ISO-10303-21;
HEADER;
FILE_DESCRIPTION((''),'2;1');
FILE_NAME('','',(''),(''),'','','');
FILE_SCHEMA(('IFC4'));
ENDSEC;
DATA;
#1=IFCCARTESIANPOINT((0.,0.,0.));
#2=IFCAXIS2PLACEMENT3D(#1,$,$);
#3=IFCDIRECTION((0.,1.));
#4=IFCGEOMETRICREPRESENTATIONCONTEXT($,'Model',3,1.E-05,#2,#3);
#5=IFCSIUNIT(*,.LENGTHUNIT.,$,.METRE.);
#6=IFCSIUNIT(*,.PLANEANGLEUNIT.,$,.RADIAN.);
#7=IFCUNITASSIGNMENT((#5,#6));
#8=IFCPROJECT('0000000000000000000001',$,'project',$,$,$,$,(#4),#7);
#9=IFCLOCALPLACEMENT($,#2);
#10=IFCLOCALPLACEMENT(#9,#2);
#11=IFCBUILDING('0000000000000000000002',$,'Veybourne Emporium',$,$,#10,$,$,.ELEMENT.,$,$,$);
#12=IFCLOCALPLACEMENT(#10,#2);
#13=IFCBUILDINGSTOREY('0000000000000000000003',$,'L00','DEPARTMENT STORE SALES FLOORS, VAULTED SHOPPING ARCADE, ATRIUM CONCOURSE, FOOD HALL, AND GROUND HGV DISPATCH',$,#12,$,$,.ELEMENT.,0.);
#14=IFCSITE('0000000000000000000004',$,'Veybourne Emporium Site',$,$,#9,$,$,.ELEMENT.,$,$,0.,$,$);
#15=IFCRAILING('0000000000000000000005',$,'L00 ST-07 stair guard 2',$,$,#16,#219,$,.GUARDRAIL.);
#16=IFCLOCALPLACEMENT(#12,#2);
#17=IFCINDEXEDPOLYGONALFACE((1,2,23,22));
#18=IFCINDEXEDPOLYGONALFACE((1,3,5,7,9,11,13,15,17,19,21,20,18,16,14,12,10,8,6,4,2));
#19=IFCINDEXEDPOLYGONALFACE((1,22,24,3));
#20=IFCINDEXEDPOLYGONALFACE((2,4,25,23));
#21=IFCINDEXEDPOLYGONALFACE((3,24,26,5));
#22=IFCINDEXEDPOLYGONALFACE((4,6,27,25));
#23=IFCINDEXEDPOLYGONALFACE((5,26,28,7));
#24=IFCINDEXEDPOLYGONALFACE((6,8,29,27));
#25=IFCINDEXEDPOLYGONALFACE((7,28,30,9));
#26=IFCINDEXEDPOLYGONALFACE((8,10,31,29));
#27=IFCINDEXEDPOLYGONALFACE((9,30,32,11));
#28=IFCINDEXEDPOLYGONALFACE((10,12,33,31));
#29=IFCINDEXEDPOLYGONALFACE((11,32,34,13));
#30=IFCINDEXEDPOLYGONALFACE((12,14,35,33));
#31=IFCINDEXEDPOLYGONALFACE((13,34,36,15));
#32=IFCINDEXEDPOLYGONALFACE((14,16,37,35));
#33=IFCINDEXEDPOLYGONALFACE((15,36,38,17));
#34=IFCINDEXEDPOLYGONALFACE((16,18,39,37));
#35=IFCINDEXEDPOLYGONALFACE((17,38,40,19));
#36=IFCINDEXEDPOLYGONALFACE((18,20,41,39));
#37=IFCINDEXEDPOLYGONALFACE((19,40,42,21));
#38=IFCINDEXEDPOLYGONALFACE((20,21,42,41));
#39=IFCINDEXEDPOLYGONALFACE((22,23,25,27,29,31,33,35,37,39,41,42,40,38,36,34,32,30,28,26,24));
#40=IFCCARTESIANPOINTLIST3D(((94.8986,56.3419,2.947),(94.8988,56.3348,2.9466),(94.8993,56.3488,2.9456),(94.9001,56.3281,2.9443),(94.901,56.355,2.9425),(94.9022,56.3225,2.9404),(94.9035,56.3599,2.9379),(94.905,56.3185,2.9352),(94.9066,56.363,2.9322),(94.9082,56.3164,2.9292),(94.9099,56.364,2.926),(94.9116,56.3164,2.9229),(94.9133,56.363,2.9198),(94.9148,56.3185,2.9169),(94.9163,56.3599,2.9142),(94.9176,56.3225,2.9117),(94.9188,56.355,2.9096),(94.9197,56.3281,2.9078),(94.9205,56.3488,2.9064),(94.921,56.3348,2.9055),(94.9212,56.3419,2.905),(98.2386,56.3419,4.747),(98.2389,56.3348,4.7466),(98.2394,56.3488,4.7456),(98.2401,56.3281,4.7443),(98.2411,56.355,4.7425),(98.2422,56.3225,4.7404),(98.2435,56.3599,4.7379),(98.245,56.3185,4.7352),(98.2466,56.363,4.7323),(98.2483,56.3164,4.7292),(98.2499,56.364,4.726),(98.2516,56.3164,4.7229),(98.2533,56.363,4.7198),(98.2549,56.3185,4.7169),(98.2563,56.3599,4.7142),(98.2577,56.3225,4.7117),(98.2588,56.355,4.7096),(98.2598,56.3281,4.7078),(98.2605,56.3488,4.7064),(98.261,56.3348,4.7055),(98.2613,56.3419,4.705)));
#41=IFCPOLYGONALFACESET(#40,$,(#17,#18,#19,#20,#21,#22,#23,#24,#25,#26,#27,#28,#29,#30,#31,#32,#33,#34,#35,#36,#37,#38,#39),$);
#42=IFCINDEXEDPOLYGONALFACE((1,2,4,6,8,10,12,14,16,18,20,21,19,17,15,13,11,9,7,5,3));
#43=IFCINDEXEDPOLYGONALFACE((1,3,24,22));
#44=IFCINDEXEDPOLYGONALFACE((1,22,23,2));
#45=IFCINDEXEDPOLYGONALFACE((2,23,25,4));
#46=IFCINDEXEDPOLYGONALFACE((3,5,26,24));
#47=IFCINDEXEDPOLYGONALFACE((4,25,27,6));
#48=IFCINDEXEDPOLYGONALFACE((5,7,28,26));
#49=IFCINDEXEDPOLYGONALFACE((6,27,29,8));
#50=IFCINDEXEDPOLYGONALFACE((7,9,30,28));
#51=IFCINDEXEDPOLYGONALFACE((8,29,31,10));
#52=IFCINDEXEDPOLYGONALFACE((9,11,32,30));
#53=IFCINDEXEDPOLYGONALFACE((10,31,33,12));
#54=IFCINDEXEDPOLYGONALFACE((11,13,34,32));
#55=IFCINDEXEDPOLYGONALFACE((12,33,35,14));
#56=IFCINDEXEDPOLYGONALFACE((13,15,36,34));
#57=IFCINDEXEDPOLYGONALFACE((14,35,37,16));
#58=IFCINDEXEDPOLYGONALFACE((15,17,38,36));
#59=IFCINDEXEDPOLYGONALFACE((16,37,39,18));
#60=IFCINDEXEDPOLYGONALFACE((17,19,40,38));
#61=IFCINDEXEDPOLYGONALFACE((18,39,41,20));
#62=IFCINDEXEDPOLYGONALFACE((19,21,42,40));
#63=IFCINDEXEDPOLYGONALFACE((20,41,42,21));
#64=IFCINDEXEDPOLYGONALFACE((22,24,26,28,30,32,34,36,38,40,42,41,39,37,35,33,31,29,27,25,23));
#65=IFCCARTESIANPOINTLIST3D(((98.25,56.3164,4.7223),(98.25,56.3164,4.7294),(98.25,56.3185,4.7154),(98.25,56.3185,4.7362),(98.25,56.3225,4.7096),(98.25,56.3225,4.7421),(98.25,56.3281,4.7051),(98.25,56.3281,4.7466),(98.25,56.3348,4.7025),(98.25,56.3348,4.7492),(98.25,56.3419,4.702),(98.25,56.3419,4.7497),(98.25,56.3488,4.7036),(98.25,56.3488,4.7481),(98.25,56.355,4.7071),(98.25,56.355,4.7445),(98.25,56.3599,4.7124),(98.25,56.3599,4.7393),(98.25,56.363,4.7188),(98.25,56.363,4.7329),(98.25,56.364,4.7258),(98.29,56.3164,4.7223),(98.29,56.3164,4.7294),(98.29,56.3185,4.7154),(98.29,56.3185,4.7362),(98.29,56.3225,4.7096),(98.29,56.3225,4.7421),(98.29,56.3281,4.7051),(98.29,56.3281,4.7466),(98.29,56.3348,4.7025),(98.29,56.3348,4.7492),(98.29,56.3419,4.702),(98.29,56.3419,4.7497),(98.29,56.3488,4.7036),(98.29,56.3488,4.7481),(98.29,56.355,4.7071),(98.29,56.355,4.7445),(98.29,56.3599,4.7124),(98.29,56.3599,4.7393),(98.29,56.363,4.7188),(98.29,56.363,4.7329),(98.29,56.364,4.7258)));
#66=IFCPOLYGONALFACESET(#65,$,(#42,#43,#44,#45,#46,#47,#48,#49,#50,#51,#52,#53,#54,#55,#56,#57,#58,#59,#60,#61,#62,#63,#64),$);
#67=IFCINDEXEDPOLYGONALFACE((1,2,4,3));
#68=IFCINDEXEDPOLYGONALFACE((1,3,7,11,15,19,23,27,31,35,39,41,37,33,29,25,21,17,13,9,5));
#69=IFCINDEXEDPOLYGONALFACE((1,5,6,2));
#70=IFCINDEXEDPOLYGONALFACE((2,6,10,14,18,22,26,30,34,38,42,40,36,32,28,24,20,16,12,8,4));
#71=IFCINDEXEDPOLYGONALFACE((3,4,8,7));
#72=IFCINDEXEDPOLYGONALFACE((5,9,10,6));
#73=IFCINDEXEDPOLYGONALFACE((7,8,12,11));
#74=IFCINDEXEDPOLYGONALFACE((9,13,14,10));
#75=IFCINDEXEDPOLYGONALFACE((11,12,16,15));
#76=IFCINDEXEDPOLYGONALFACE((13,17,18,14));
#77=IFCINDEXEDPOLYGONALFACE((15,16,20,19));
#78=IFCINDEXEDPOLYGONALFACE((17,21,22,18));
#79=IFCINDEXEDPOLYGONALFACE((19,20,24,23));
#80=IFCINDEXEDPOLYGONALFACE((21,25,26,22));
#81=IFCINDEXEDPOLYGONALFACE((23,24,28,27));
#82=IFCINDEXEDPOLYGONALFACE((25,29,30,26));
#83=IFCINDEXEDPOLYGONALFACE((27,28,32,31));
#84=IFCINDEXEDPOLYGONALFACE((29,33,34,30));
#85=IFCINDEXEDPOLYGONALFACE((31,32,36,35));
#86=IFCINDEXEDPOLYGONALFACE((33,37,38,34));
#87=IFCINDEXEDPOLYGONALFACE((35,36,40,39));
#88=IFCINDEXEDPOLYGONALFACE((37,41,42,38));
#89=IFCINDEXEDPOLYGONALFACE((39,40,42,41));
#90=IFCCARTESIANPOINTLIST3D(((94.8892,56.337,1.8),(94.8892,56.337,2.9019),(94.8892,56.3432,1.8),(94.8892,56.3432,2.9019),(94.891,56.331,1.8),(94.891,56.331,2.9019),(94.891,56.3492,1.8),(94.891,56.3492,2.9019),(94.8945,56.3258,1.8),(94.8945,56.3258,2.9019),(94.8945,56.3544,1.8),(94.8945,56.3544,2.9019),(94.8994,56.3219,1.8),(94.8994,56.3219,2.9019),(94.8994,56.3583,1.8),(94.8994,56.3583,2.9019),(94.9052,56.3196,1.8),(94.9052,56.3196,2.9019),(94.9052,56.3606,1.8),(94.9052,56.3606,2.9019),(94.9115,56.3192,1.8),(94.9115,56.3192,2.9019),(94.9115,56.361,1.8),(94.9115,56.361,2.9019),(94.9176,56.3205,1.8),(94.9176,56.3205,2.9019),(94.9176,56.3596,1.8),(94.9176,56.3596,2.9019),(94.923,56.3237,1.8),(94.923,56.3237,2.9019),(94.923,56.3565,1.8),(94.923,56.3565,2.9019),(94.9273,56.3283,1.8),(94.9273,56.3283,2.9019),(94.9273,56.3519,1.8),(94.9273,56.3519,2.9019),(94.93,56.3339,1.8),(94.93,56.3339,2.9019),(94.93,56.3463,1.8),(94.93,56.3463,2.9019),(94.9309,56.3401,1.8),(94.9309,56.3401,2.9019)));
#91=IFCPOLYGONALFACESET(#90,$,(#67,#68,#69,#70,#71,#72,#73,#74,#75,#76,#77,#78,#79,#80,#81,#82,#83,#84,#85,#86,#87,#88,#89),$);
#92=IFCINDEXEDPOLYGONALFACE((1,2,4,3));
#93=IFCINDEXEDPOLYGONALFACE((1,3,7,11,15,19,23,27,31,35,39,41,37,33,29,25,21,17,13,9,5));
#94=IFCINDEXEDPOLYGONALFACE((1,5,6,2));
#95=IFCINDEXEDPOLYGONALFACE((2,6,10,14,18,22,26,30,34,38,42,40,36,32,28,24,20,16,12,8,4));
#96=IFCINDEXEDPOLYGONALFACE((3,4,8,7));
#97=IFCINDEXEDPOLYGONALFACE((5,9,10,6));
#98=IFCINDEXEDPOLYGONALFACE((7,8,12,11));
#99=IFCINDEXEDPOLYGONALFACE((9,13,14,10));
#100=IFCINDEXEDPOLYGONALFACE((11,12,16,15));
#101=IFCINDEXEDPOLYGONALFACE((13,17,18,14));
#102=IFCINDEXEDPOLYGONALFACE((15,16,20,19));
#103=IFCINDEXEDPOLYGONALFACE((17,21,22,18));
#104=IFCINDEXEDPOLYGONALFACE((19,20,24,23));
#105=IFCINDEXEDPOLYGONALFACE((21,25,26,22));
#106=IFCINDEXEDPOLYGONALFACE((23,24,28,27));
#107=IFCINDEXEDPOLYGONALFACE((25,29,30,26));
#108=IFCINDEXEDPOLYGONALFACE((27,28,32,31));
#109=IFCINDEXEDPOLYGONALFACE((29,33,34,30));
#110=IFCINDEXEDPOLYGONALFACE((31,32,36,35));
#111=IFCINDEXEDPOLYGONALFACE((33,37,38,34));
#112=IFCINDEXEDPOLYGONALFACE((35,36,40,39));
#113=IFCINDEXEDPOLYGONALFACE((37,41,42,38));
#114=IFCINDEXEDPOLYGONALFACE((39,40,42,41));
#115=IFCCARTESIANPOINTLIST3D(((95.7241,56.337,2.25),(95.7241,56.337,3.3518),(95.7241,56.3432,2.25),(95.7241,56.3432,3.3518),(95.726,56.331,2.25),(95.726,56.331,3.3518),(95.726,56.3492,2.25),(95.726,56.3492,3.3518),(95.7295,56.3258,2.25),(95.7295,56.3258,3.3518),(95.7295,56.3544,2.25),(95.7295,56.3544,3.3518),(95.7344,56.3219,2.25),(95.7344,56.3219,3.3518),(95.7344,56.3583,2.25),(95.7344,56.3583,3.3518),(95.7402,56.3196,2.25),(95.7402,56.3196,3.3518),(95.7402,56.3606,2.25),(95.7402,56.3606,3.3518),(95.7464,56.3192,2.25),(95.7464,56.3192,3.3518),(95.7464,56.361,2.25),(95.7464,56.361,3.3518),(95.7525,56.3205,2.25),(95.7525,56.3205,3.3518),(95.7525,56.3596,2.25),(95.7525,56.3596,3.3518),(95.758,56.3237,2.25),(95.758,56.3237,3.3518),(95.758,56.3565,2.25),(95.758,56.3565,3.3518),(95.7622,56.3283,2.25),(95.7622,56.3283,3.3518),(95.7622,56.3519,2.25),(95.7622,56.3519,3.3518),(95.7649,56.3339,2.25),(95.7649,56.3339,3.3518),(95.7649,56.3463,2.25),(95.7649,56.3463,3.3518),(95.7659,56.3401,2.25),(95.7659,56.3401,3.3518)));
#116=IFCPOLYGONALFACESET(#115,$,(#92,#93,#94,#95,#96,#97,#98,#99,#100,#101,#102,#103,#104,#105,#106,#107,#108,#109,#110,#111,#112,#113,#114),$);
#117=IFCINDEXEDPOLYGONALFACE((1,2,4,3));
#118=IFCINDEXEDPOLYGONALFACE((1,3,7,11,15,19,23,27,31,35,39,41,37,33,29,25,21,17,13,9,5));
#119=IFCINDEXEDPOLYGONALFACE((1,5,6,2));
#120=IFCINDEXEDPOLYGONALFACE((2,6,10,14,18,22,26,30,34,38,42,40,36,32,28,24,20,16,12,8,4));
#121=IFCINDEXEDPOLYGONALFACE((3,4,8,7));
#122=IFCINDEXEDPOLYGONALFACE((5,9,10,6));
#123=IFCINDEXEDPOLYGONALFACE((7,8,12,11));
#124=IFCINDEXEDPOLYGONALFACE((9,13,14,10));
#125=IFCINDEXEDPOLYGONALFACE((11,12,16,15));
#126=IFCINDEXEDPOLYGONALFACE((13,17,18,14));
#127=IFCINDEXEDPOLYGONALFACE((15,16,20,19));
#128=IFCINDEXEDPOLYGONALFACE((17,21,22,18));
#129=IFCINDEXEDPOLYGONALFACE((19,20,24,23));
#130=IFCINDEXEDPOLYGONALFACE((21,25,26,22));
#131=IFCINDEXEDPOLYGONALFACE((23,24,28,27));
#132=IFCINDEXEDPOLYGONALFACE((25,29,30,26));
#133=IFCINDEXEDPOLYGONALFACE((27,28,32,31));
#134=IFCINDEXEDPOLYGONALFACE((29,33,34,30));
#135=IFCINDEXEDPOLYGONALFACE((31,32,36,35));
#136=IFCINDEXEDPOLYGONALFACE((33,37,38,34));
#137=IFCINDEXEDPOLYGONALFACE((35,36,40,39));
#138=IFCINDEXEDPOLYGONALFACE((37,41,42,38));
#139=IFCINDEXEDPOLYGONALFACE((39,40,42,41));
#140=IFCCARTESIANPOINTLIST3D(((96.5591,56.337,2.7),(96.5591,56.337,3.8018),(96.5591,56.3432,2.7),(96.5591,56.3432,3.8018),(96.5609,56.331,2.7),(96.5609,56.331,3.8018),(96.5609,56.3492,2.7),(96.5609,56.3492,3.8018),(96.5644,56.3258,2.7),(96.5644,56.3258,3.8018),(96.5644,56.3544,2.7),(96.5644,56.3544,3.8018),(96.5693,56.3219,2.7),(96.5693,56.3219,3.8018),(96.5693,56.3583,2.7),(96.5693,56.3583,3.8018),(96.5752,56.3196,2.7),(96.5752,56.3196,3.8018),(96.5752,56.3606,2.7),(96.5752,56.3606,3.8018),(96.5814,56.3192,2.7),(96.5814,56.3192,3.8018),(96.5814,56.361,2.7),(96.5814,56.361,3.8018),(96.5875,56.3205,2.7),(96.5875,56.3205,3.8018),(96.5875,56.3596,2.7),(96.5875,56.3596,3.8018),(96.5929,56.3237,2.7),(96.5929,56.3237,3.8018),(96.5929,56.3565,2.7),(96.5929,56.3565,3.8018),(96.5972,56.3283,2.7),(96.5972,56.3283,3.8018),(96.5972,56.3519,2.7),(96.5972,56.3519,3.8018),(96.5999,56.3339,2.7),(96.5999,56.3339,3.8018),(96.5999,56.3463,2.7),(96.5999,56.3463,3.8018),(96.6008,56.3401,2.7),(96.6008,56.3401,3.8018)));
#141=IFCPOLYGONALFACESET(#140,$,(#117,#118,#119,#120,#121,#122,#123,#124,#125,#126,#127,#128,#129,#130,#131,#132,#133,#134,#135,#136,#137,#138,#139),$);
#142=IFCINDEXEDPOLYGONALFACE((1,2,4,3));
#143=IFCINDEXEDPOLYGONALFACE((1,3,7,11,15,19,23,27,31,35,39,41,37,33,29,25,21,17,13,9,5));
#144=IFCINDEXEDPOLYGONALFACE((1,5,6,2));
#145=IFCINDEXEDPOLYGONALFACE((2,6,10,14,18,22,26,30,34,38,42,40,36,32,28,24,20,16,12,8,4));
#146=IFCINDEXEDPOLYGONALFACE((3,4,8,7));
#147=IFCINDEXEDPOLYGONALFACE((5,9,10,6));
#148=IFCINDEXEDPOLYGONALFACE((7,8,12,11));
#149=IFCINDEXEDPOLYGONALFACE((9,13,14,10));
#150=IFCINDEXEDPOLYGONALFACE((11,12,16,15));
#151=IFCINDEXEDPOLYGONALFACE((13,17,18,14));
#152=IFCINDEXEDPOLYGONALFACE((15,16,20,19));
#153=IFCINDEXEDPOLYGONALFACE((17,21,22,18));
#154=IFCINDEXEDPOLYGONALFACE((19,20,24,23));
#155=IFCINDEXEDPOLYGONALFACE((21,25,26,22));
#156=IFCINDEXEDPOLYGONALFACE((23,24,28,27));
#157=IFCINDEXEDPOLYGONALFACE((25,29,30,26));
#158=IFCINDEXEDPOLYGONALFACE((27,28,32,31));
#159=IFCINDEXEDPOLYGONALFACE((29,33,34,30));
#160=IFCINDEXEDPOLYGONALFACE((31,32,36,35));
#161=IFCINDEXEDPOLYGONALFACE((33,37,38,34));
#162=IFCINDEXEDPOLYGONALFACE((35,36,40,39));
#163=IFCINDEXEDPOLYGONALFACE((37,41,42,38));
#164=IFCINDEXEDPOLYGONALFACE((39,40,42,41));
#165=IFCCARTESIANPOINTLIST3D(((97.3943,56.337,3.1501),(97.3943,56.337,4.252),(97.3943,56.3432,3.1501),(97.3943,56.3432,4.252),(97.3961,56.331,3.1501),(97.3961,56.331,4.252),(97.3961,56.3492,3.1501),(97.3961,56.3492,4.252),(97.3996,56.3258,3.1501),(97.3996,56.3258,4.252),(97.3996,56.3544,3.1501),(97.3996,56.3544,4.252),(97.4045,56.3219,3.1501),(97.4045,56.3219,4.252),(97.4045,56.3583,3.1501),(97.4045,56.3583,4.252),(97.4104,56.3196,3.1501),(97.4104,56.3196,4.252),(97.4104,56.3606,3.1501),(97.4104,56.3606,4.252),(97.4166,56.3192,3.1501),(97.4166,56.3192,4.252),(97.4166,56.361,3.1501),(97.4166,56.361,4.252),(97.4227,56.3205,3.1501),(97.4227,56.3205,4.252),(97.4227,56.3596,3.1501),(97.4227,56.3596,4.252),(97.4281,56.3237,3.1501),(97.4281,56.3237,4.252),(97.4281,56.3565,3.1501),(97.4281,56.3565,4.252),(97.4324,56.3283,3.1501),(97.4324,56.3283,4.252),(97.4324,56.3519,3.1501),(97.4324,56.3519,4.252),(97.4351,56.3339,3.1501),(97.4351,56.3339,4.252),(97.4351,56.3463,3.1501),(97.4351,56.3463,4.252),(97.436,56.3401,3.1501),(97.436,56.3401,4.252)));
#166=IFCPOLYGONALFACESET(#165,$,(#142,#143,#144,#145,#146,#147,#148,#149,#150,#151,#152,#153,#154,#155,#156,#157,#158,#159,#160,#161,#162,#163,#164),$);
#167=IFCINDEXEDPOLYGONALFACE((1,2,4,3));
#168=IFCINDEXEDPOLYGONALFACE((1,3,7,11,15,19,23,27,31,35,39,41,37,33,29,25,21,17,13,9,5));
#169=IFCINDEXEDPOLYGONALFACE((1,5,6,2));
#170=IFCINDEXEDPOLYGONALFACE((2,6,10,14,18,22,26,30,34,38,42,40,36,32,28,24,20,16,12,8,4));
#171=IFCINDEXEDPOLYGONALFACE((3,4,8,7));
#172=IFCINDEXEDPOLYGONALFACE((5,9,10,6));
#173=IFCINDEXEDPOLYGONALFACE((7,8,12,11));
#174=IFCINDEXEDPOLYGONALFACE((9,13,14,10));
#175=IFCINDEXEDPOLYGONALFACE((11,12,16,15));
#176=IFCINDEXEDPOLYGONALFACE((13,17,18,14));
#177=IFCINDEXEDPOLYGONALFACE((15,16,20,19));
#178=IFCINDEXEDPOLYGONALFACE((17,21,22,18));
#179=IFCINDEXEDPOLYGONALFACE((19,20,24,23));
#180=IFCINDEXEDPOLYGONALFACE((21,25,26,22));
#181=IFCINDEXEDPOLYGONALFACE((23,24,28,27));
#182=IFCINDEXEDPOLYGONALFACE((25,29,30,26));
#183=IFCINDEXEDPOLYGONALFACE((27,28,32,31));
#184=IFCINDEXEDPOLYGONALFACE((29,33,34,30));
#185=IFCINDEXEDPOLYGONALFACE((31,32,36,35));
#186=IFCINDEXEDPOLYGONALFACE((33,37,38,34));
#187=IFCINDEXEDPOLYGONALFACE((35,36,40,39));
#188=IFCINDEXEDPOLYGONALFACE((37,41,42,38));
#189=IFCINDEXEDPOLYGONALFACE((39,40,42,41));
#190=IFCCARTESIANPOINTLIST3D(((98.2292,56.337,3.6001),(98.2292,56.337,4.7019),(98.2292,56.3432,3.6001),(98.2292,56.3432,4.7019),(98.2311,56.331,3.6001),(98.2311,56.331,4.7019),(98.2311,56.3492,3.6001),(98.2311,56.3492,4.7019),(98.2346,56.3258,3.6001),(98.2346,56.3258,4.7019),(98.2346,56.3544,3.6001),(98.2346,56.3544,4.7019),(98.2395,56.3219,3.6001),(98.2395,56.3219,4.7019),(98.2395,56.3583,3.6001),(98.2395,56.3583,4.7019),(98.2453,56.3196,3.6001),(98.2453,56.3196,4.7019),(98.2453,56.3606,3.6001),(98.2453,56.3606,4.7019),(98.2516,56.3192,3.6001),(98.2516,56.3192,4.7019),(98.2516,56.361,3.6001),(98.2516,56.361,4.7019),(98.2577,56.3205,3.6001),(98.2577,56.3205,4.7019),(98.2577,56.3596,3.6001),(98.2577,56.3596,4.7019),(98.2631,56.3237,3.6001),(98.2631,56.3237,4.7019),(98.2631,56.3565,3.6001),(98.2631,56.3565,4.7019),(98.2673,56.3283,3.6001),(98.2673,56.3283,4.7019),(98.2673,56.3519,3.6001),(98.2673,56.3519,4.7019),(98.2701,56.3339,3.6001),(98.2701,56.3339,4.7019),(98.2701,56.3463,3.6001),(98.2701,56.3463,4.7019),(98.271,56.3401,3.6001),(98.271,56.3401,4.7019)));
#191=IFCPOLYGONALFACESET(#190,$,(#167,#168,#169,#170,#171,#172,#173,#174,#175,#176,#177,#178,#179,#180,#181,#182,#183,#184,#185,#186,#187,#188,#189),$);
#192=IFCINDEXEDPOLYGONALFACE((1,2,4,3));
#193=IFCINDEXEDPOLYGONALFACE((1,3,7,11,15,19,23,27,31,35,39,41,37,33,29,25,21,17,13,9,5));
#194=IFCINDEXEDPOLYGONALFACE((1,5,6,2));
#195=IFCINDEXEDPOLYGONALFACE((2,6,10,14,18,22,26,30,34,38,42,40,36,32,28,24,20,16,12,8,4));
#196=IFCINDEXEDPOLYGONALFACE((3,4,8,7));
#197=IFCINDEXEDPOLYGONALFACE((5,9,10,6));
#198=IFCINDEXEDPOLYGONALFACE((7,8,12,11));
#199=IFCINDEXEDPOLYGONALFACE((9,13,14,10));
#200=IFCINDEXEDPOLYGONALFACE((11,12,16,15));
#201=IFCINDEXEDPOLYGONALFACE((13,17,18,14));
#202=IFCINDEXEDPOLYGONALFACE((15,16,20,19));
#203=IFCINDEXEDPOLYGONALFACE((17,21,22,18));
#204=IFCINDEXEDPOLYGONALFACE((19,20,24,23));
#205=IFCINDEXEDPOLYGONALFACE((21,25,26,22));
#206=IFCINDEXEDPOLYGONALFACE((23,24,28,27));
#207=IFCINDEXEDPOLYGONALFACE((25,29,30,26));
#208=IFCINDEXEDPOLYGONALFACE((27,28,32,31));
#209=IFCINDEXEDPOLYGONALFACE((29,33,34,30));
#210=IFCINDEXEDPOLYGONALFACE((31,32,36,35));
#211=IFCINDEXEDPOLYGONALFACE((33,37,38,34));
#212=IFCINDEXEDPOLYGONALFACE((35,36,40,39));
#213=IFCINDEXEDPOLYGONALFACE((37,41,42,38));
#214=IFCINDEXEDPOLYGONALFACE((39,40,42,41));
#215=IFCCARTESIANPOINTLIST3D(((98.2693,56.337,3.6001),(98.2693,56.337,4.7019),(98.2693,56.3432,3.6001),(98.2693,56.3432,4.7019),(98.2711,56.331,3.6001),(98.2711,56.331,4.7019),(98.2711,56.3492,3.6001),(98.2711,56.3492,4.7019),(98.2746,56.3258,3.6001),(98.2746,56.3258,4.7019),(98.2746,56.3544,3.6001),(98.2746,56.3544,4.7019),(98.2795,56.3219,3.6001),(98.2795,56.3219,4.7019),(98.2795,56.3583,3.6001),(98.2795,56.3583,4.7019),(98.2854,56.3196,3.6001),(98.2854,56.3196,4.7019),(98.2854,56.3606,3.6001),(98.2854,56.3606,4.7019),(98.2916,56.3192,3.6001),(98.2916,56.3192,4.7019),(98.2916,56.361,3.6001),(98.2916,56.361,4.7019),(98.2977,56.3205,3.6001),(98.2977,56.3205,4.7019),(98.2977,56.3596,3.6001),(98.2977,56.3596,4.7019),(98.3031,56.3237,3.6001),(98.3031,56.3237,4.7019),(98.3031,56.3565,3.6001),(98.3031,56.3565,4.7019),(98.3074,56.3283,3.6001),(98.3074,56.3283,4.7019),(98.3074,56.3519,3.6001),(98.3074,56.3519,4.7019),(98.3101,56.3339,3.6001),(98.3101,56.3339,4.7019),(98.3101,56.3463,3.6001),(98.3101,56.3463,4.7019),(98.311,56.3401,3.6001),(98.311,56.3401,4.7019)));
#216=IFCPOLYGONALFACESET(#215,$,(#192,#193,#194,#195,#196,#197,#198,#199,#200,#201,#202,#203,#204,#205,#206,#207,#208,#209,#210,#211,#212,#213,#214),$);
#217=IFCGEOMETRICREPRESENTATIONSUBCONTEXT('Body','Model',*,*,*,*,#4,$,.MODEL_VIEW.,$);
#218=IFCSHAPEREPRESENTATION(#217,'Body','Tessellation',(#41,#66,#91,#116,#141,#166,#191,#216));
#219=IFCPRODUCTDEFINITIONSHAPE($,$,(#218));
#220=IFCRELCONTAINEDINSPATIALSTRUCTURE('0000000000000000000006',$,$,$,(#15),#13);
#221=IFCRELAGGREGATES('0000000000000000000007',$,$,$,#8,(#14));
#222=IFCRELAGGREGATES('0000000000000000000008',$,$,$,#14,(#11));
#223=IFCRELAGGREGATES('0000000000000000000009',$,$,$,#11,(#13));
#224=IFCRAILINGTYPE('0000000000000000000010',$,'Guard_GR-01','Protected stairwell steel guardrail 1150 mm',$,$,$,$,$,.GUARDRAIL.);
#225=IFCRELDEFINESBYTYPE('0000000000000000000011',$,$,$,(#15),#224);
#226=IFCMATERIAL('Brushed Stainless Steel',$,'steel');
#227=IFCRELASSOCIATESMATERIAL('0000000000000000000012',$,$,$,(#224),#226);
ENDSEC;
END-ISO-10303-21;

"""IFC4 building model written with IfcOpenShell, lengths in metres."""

from ifc_helpers import new_model, si_unit, direction, frame, origin, origin_2d, place, context, subcontext, project, spatial, circle, extrude, material, type_object, element, save


model = new_model("IFC4")

# Units and contexts
model_context = context("Model", 3, precision=1e-05, world=origin(), true_north=direction((0.0, 1.0)))
body_context = subcontext(model_context, "Body", "Model", "MODEL_VIEW")
ifc_project = project(units=[si_unit("LENGTHUNIT", "METRE"), si_unit("PLANEANGLEUNIT", "RADIAN")], contexts=[model_context])

# Site, building, storey
site_placement = place(None, origin())
site = spatial("IfcSite", under=ifc_project, at=site_placement, Name="Veybourne Emporium Site", CompositionType="ELEMENT", RefElevation=0.0)
building_placement = place(site_placement, origin())
building = spatial("IfcBuilding", under=site, at=building_placement, Name="Veybourne Emporium", CompositionType="ELEMENT")
storey_placement = place(building_placement, origin())
storey = spatial("IfcBuildingStorey", under=building, at=storey_placement, Name="L00", Description="DEPARTMENT STORE SALES FLOORS, VAULTED SHOPPING ARCADE, ATRIUM CONCOURSE, FOOD HALL, AND GROUND HGV DISPATCH", CompositionType="ELEMENT", Elevation=0.0)

# Shared definitions
ifc_material_1 = material(Name="Brushed Stainless Steel", Category="steel")

# Railing
railing_type_1 = type_object("IfcRailingType", Name="Guard_GR-01", Description="Protected stairwell steel guardrail 1150 mm", PredefinedType="GUARDRAIL", material=ifc_material_1)
railing_1_placement = place(storey_placement, frame((94.9099, 56.3401, 1.8)))
element("IfcRailing", 1, at=railing_1_placement, inside=storey, type_object=railing_type_1, Name="L00 ST-07 stair guard 2", PredefinedType="GUARDRAIL", context=body_context, shape_type="SweptSolid", body=[
    extrude(circle(Radius=0.0239, at=origin_2d()), frame((0.0, 0.0, 1.126), z_axis=(0.880302, 0.0, 0.474414), x_axis=(0.0, 1.0, 0.0)), (0.0, 0.0, 1.0), 3.7942),
    extrude(circle(Radius=0.0239, at=origin_2d()), frame((3.3401, 0.0, 2.9258), z_axis=(1.0, 0.0, 0.0), x_axis=(0.0, 1.0, 0.0)), (0.0, 0.0, 1.0), 0.04),
    extrude(circle(Radius=0.021, at=origin_2d()), origin(), (0.0, 0.0, 1.0), 1.1018),
    extrude(circle(Radius=0.021, at=origin_2d()), frame((0.835, 0.0, 0.45)), (0.0, 0.0, 1.0), 1.1018),
    extrude(circle(Radius=0.021, at=origin_2d()), frame((1.6699, 0.0, 0.8999)), (0.0, 0.0, 1.0), 1.1018),
    extrude(circle(Radius=0.021, at=origin_2d()), frame((2.5051, 0.0, 1.3501)), (0.0, 0.0, 1.0), 1.1018),
    extrude(circle(Radius=0.021, at=origin_2d()), frame((3.3401, 0.0, 1.8)), (0.0, 0.0, 1.0), 1.1018),
    extrude(circle(Radius=0.021, at=origin_2d()), frame((3.3801, 0.0, 1.8)), (0.0, 0.0, 1.0), 1.1018),
])

save(model, "model.ifc")
